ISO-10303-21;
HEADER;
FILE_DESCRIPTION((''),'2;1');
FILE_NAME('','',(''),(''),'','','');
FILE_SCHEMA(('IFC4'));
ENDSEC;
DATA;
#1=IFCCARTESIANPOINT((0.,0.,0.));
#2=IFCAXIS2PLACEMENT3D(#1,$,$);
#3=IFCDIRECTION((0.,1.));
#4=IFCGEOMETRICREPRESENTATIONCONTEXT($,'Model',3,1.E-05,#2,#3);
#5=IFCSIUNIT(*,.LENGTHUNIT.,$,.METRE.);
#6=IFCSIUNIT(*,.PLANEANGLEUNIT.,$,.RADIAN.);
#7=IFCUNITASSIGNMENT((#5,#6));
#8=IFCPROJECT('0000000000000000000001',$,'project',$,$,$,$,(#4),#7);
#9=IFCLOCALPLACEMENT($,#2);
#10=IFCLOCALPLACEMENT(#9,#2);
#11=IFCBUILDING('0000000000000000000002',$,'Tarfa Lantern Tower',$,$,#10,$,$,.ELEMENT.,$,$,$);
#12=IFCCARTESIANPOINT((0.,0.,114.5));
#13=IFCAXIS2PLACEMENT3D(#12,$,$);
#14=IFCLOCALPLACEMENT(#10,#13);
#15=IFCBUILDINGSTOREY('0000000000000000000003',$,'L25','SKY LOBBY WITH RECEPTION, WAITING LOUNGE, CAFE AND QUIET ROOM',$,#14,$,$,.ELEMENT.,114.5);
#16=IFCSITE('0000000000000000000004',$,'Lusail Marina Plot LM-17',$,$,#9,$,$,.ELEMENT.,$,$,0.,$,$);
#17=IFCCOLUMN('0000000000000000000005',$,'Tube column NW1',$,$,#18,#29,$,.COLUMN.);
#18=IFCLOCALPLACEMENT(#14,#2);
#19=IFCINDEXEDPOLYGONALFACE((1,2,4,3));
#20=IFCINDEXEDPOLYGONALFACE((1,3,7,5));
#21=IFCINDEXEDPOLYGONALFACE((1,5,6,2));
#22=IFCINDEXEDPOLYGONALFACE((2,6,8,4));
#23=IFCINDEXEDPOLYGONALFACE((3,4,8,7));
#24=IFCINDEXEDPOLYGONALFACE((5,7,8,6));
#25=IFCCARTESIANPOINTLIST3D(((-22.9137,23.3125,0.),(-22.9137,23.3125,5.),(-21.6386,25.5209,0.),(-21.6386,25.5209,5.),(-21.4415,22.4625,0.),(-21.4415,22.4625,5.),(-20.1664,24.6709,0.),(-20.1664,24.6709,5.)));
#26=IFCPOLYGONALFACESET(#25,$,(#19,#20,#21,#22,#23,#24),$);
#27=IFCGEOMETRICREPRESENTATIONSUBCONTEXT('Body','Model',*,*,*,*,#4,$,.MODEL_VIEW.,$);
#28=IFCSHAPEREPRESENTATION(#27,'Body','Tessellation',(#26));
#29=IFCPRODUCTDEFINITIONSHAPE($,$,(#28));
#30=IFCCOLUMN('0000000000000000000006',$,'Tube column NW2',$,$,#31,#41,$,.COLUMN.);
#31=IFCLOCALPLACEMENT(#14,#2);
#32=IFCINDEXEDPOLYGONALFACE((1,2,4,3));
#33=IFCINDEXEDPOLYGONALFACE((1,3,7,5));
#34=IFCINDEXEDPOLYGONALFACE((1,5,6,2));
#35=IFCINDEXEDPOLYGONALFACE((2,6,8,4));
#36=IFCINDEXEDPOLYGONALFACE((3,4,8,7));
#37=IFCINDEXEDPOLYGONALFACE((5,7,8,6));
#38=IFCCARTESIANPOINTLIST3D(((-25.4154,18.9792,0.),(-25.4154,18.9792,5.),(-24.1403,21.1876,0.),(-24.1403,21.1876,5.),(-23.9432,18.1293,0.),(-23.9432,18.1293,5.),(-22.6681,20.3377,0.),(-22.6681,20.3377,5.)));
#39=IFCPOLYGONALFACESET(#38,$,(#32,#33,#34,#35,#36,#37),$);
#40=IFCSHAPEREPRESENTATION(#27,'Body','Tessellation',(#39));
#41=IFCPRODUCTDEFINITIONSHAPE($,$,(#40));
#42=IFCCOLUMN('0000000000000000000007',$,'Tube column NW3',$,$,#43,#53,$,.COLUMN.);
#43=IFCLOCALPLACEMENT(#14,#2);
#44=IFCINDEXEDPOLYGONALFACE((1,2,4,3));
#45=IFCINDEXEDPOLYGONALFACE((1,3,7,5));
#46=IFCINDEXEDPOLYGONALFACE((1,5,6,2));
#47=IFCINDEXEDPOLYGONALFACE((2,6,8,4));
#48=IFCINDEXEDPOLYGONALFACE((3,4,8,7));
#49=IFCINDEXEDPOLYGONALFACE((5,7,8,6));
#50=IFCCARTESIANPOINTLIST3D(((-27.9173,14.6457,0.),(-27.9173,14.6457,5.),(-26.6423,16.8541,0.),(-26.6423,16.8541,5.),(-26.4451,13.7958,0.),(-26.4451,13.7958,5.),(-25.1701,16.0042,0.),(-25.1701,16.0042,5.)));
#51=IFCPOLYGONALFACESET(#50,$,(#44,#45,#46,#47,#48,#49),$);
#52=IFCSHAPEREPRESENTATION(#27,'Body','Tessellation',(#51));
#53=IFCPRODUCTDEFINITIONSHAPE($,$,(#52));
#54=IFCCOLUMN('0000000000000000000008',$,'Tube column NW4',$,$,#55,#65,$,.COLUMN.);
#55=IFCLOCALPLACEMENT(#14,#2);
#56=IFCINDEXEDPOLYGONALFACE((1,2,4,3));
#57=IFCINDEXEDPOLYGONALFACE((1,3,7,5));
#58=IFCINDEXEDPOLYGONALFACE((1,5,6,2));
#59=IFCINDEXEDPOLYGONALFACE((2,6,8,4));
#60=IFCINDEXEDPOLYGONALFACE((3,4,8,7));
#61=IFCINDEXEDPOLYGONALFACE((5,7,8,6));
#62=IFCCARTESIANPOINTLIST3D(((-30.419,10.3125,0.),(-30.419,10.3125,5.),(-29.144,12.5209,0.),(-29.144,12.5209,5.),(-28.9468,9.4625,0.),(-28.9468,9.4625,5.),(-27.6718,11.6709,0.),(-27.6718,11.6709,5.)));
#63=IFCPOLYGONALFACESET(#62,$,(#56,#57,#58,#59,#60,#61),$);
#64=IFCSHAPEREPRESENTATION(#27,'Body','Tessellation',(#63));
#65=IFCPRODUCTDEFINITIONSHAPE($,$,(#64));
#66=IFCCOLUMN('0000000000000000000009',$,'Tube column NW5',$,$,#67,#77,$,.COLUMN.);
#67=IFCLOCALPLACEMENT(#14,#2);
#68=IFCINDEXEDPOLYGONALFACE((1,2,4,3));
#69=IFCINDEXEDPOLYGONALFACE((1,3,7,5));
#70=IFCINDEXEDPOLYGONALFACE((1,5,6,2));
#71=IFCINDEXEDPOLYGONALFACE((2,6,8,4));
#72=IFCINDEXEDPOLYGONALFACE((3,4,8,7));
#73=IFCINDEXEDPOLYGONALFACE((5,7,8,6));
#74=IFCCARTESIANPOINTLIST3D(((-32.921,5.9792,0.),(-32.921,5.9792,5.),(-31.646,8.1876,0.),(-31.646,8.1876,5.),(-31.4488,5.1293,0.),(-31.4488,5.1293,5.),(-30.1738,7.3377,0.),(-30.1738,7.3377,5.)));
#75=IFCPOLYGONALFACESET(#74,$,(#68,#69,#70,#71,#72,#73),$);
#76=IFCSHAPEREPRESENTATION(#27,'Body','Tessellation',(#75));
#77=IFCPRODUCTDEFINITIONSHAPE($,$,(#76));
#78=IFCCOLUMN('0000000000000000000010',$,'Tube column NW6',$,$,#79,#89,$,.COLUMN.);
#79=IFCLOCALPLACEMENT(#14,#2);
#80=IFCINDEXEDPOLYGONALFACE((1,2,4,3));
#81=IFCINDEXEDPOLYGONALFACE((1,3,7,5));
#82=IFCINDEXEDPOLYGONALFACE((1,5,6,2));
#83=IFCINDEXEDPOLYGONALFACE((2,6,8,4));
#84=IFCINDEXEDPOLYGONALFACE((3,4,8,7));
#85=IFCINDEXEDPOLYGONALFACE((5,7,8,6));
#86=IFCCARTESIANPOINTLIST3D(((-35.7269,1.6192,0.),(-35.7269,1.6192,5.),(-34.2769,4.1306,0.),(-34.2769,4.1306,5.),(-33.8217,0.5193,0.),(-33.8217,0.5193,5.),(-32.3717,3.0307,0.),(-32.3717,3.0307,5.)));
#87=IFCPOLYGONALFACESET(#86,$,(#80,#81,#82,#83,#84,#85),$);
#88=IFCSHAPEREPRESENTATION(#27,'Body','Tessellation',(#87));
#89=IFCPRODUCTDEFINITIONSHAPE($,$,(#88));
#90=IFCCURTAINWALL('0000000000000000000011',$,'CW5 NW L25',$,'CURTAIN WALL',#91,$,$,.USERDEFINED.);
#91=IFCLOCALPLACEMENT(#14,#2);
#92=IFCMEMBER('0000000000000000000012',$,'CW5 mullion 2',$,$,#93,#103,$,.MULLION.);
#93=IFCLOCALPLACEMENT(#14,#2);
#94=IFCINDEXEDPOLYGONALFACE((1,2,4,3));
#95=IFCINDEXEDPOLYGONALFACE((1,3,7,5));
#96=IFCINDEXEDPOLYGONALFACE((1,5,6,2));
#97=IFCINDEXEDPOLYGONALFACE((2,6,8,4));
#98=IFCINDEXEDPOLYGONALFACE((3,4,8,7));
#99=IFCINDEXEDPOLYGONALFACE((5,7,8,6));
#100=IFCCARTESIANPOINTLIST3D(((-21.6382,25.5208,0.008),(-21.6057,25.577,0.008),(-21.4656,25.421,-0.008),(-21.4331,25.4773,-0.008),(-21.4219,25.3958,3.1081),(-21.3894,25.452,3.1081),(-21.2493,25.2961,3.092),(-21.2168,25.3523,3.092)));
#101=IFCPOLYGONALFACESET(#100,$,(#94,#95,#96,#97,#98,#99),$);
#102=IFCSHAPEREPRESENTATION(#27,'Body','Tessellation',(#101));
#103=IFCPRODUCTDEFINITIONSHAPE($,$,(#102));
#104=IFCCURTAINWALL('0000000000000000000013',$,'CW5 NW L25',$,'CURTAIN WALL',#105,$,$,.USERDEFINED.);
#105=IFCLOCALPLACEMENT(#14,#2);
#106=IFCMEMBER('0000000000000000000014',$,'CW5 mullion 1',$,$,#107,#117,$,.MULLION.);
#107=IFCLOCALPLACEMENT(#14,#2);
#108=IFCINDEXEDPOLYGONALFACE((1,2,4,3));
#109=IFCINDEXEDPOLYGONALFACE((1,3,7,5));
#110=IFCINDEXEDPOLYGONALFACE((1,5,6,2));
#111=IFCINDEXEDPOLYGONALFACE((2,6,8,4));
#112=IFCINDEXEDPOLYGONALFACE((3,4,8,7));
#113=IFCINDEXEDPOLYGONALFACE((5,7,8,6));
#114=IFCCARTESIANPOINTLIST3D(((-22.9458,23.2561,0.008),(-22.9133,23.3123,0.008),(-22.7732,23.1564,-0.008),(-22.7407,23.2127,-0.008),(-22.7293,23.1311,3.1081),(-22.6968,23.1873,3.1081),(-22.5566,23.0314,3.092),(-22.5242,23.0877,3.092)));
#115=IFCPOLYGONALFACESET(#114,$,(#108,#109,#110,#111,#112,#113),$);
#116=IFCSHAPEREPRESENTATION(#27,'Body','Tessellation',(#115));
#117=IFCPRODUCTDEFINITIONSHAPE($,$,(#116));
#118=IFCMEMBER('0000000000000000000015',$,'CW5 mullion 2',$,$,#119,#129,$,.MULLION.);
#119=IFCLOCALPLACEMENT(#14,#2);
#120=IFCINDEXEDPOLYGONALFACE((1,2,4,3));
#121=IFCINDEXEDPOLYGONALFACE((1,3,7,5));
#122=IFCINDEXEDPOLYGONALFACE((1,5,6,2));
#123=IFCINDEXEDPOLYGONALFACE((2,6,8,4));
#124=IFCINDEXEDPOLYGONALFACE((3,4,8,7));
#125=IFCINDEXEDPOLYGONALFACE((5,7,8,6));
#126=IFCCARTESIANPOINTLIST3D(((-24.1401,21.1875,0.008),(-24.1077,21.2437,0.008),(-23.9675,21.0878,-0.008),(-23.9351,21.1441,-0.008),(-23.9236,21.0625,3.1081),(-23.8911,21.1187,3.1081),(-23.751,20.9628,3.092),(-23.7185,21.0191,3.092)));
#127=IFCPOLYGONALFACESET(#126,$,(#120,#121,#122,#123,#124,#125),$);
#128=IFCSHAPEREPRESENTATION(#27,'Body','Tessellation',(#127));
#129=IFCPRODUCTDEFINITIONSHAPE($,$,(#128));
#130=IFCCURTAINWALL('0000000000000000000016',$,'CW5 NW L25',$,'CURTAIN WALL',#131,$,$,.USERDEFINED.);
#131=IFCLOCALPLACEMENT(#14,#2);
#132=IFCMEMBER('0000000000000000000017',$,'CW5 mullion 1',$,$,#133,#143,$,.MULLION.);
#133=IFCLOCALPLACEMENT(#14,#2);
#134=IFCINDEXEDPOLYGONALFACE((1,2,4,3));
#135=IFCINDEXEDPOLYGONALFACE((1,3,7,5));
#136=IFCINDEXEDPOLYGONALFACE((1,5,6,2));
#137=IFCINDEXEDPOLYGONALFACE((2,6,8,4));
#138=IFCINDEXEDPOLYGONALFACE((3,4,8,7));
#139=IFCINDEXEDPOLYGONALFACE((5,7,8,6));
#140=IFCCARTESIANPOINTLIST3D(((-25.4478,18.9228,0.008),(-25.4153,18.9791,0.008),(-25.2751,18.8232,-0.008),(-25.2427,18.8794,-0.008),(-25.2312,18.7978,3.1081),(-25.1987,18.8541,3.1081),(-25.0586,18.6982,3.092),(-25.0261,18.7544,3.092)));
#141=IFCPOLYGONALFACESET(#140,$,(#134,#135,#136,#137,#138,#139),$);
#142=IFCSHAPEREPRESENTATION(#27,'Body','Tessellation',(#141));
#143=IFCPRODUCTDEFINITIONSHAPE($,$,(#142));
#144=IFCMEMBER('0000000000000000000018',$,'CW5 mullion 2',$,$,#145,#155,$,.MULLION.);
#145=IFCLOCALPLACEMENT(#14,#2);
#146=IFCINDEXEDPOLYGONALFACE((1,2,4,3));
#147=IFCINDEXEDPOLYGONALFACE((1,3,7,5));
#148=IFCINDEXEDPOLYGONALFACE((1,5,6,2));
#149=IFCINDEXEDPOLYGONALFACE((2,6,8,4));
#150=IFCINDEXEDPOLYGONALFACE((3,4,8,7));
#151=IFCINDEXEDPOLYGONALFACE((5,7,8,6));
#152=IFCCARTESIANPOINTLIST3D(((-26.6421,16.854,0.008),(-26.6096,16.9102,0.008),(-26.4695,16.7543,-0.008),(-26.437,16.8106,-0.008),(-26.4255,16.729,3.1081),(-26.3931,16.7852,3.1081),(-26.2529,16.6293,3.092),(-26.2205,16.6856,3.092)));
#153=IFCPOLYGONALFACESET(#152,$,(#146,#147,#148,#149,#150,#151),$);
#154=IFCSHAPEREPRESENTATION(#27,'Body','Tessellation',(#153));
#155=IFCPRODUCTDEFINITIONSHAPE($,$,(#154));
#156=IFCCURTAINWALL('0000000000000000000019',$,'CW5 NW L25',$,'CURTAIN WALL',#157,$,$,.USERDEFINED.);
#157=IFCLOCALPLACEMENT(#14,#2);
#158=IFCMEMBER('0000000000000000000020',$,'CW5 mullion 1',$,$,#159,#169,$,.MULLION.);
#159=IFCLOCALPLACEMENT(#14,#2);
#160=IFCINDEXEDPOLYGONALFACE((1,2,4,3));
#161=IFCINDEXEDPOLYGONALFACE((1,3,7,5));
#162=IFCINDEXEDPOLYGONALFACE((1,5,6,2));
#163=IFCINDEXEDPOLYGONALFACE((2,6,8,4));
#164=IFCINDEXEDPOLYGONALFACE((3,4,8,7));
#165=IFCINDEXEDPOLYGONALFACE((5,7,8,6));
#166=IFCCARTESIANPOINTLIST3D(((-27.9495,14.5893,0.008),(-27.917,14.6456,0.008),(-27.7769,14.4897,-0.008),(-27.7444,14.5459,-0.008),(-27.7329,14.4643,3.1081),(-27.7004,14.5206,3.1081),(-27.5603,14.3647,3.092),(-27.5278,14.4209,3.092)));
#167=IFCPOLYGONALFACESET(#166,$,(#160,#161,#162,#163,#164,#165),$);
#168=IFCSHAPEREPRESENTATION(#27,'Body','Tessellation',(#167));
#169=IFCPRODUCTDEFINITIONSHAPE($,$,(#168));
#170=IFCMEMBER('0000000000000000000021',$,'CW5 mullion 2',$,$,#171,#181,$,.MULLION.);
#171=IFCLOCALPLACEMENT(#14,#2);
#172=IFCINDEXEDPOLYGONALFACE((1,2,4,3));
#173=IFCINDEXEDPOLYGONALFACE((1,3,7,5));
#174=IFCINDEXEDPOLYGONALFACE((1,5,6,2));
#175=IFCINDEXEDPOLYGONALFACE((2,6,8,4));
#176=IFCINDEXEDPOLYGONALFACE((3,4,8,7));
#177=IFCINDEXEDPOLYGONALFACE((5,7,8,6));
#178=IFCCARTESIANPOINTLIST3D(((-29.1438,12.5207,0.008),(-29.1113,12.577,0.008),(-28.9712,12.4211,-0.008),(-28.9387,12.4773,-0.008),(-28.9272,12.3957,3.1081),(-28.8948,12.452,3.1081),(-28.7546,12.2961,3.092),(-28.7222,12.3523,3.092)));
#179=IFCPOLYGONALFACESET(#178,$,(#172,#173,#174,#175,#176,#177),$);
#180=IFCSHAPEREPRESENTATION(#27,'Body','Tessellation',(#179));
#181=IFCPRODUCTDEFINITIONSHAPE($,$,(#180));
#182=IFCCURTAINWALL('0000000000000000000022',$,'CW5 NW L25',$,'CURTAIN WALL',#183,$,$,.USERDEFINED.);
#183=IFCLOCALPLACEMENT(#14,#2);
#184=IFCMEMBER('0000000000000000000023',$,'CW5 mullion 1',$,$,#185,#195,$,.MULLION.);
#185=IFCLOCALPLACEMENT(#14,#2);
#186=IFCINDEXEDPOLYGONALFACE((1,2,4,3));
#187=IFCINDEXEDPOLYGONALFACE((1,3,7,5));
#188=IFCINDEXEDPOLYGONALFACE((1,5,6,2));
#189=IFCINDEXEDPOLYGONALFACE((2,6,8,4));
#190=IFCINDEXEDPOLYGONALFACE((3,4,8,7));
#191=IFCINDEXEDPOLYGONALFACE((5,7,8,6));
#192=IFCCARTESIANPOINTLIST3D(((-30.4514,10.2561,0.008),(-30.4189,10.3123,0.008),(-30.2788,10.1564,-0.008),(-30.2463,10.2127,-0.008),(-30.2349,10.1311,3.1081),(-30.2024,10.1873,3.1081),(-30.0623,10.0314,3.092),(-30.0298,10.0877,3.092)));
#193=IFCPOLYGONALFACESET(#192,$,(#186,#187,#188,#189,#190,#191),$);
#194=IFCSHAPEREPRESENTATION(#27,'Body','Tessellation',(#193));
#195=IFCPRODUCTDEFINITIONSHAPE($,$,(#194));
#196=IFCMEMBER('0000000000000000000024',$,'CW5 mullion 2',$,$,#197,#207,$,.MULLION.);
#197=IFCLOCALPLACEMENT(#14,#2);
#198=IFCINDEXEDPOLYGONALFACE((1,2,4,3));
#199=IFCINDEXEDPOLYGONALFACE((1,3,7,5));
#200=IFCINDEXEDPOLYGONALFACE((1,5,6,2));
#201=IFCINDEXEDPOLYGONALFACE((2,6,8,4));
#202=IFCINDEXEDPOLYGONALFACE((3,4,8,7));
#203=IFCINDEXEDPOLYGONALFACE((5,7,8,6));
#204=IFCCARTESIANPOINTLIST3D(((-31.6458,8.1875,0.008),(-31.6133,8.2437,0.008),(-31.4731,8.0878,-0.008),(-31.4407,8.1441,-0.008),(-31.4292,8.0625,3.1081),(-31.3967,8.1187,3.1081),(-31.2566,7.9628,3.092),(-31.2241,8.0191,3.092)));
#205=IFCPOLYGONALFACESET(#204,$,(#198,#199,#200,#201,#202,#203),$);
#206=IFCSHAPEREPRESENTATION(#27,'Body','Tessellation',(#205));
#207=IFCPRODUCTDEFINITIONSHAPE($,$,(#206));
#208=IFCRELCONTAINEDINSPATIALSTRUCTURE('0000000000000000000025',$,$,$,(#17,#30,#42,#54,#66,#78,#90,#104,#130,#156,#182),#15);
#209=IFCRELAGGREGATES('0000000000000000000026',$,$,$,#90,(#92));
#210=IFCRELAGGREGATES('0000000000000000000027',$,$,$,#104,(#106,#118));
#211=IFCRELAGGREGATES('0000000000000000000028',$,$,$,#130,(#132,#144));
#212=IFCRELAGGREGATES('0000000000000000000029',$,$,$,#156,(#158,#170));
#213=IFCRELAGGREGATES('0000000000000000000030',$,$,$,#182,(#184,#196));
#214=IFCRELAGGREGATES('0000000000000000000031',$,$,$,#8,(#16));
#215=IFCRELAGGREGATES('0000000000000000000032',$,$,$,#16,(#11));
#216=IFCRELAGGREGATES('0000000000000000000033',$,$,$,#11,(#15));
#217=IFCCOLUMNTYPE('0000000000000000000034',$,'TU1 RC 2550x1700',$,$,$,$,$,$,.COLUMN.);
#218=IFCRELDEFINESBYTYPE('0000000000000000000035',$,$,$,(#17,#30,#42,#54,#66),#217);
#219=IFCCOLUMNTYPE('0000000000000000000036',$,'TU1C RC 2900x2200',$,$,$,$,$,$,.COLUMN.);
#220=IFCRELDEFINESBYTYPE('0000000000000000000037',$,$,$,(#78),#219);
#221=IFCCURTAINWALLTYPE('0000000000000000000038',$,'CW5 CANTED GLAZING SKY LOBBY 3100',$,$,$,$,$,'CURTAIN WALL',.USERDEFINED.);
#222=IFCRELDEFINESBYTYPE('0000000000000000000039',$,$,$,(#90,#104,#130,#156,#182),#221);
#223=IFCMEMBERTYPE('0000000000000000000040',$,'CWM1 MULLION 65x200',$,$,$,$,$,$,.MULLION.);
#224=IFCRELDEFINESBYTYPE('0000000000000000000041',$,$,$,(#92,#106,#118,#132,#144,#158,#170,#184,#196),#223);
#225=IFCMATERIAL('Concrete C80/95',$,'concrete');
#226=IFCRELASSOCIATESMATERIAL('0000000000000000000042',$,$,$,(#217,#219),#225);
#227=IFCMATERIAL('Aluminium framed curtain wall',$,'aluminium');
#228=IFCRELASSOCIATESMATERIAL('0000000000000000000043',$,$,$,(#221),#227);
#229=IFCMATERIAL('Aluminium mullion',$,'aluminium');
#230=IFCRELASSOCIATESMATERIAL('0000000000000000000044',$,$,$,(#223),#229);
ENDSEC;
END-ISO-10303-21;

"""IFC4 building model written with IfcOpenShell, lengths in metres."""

from ifc_helpers import new_model, si_unit, direction, frame, origin, origin_2d, place, context, subcontext, project, spatial, rectangle, extrude, material, material_profile, profile_set, type_object, element, aggregate, save


model = new_model("IFC4")

# Units and contexts
model_context = context("Model", 3, precision=1e-05, world=origin(), true_north=direction((0.0, 1.0)))
body_context = subcontext(model_context, "Body", "Model", "MODEL_VIEW")
ifc_project = project(units=[si_unit("LENGTHUNIT", "METRE"), si_unit("PLANEANGLEUNIT", "RADIAN")], contexts=[model_context])

# Site, building, storey
site_placement = place(None, origin())
site = spatial("IfcSite", under=ifc_project, at=site_placement, Name="Lusail Marina Plot LM-17", CompositionType="ELEMENT", RefElevation=0.0)
building_placement = place(site_placement, origin())
building = spatial("IfcBuilding", under=site, at=building_placement, Name="Tarfa Lantern Tower", CompositionType="ELEMENT")
storey_placement = place(building_placement, frame((0.0, 0.0, 114.5)))
storey = spatial("IfcBuildingStorey", under=building, at=storey_placement, Name="L25", Description="SKY LOBBY WITH RECEPTION, WAITING LOUNGE, CAFE AND QUIET ROOM", CompositionType="ELEMENT", Elevation=114.5)

# Columns
ifc_material_1 = material(Name="Concrete C80/95", Category="concrete")
ifc_material_profile_1 = material_profile(ifc_material_1, rectangle(XDim=2.55, YDim=1.7, at=origin_2d()), Name="RC 2550x1700")
ifc_profile_set_1 = profile_set([ifc_material_profile_1], Name="Concrete C80/95")
column_type_1 = type_object("IfcColumnType", Name="TU1 RC 2550x1700", PredefinedType="COLUMN", material=ifc_profile_set_1)
for number, where, z_axis, x_axis, name in (
    (1, (-21.54, 23.9917, 0.0), (0.0, 0.0, 1.0), (-0.5, -0.866025, 0.0), "Tube column NW1"),
    (2, (-24.0417, 19.6584, 0.0), (0.0, 0.0, 1.0), (-0.5, -0.866025, 0.0), "Tube column NW2"),
    (3, (-26.5437, 15.325, 0.0), (0.0, 0.0, 1.0), (-0.5, -0.866025, 0.0), "Tube column NW3"),
    (4, (-29.0454, 10.9917, 0.0), (0.0, 0.0, 1.0), (-0.5, -0.866025, 0.0), "Tube column NW4"),
    (5, (-31.5474, 6.6584, 0.0), (0.0, 0.0, 1.0), (-0.5, -0.866025, 0.0), "Tube column NW5"),
):
    element("IfcColumn", number, at=place(storey_placement, frame(where, z_axis=z_axis, x_axis=x_axis)), inside=storey, type_object=column_type_1, Name=name, PredefinedType="COLUMN", context=body_context, shape_type="SweptSolid", body=[
        extrude(rectangle(XDim=2.55, YDim=1.7, at=origin_2d()), origin(), (0.0, 0.0, 1.0), 5.0),
    ])
ifc_material_profile_2 = material_profile(ifc_material_1, rectangle(XDim=2.8999, YDim=2.2, at=origin_2d()), Name="RC 2900x2200")
ifc_profile_set_2 = profile_set([ifc_material_profile_2], Name="Concrete C80/95")
column_type_2 = type_object("IfcColumnType", Name="TU1C RC 2900x2200", PredefinedType="COLUMN", material=ifc_profile_set_2)
column_placement = place(storey_placement, frame((-34.0493, 2.325, 0.0), z_axis=(0.0, 0.0, 1.0), x_axis=(-0.5, -0.866025, 0.0)))
element("IfcColumn", 6, at=column_placement, inside=storey, type_object=column_type_2, Name="Tube column NW6", PredefinedType="COLUMN", context=body_context, shape_type="SweptSolid", body=[
    extrude(rectangle(XDim=2.8999, YDim=2.2, at=origin_2d()), origin(), (0.0, 0.0, 1.0), 5.0),
])

# Curtain wall, member
ifc_material_2 = material(Name="Aluminium framed curtain wall", Category="aluminium")
curtain_wall_type = type_object("IfcCurtainWallType", Name="CW5 CANTED GLAZING SKY LOBBY 3100", ElementType="CURTAIN WALL", PredefinedType="USERDEFINED", material=ifc_material_2)
curtain_wall_1_placement = place(storey_placement, origin())
curtain_wall_1 = element("IfcCurtainWall", 7, at=curtain_wall_1_placement, inside=storey, type_object=curtain_wall_type, Name="CW5 NW L25", ObjectType="CURTAIN WALL", PredefinedType="USERDEFINED")
ifc_material_3 = material(Name="Aluminium mullion", Category="aluminium")
ifc_material_profile_3 = material_profile(ifc_material_3, rectangle(XDim=0.0649, YDim=0.2, at=origin_2d()), Name="AL MULLION 65x200")
ifc_profile_set_3 = profile_set([ifc_material_profile_3], Name="Aluminium mullion")
member_type_1 = type_object("IfcMemberType", Name="CWM1 MULLION 65x200", PredefinedType="MULLION", material=ifc_profile_set_3)
member_1_placement = place(storey_placement, frame((-21.5356, 25.499, 0.0), z_axis=(0.069549, -0.040191, 0.996769), x_axis=(0.500343, 0.865827, 0.0)))
member_1 = element("IfcMember", 8, at=member_1_placement, type_object=member_type_1, Name="CW5 mullion 2", PredefinedType="MULLION", context=body_context, shape_type="SweptSolid", body=[
    extrude(rectangle(XDim=0.0649, YDim=0.2, at=origin_2d()), origin(), (0.0, 0.0, 1.0), 3.1101),
])
aggregate(curtain_wall_1, [member_1])

# Curtain walls, members
curtain_wall_2_placement = place(storey_placement, origin())
curtain_wall_2 = element("IfcCurtainWall", 9, at=curtain_wall_2_placement, inside=storey, type_object=curtain_wall_type, Name="CW5 NW L25", ObjectType="CURTAIN WALL", PredefinedType="USERDEFINED")
member_2_placement = place(storey_placement, frame((-22.8433, 23.2344, 0.0), z_axis=(0.069627, -0.040191, 0.996763), x_axis=(0.49992, 0.866072, 0.0)))
member_2 = element("IfcMember", 10, at=member_2_placement, type_object=member_type_1, Name="CW5 mullion 1", PredefinedType="MULLION", context=body_context, shape_type="SweptSolid", body=[
    extrude(rectangle(XDim=0.0649, YDim=0.2, at=origin_2d()), origin(), (0.0, 0.0, 1.0), 3.1101),
])
member_3_placement = place(storey_placement, frame((-24.0376, 21.1658, 0.0), z_axis=(0.069627, -0.040191, 0.996763), x_axis=(0.49992, 0.866072, 0.0)))
member_3 = element("IfcMember", 11, at=member_3_placement, type_object=member_type_1, Name="CW5 mullion 2", PredefinedType="MULLION", context=body_context, shape_type="SweptSolid", body=[
    extrude(rectangle(XDim=0.0649, YDim=0.2, at=origin_2d()), origin(), (0.0, 0.0, 1.0), 3.1101),
])
curtain_wall_3_placement = place(storey_placement, origin())
curtain_wall_3 = element("IfcCurtainWall", 12, at=curtain_wall_3_placement, inside=storey, type_object=curtain_wall_type, Name="CW5 NW L25", ObjectType="CURTAIN WALL", PredefinedType="USERDEFINED")
member_4_placement = place(storey_placement, frame((-25.3452, 18.9011, 0.0), z_axis=(0.069627, -0.040191, 0.996763), x_axis=(0.49992, 0.866072, 0.0)))
member_4 = element("IfcMember", 13, at=member_4_placement, type_object=member_type_1, Name="CW5 mullion 1", PredefinedType="MULLION", context=body_context, shape_type="SweptSolid", body=[
    extrude(rectangle(XDim=0.0649, YDim=0.2, at=origin_2d()), origin(), (0.0, 0.0, 1.0), 3.1101),
])
member_5_placement = place(storey_placement, frame((-26.5396, 16.8323, 0.0), z_axis=(0.069627, -0.040191, 0.996763), x_axis=(0.49992, 0.866072, 0.0)))
member_5 = element("IfcMember", 14, at=member_5_placement, type_object=member_type_1, Name="CW5 mullion 2", PredefinedType="MULLION", context=body_context, shape_type="SweptSolid", body=[
    extrude(rectangle(XDim=0.0649, YDim=0.2, at=origin_2d()), origin(), (0.0, 0.0, 1.0), 3.1101),
])
curtain_wall_4_placement = place(storey_placement, origin())
curtain_wall_4 = element("IfcCurtainWall", 15, at=curtain_wall_4_placement, inside=storey, type_object=curtain_wall_type, Name="CW5 NW L25", ObjectType="CURTAIN WALL", PredefinedType="USERDEFINED")
member_6_placement = place(storey_placement, frame((-27.8469, 14.5676, 0.0), z_axis=(0.069627, -0.040191, 0.996763), x_axis=(0.49992, 0.866072, 0.0)))
member_6 = element("IfcMember", 16, at=member_6_placement, type_object=member_type_1, Name="CW5 mullion 1", PredefinedType="MULLION", context=body_context, shape_type="SweptSolid", body=[
    extrude(rectangle(XDim=0.0649, YDim=0.2, at=origin_2d()), origin(), (0.0, 0.0, 1.0), 3.1101),
])
member_7_placement = place(storey_placement, frame((-29.0413, 12.499, 0.0), z_axis=(0.069627, -0.040191, 0.996763), x_axis=(0.49992, 0.866072, 0.0)))
member_7 = element("IfcMember", 17, at=member_7_placement, type_object=member_type_1, Name="CW5 mullion 2", PredefinedType="MULLION", context=body_context, shape_type="SweptSolid", body=[
    extrude(rectangle(XDim=0.0649, YDim=0.2, at=origin_2d()), origin(), (0.0, 0.0, 1.0), 3.1101),
])
curtain_wall_5_placement = place(storey_placement, origin())
curtain_wall_5 = element("IfcCurtainWall", 18, at=curtain_wall_5_placement, inside=storey, type_object=curtain_wall_type, Name="CW5 NW L25", ObjectType="CURTAIN WALL", PredefinedType="USERDEFINED")
member_8_placement = place(storey_placement, frame((-30.3489, 10.2344, 0.0), z_axis=(0.069627, -0.040191, 0.996763), x_axis=(0.49992, 0.866072, 0.0)))
member_8 = element("IfcMember", 19, at=member_8_placement, type_object=member_type_1, Name="CW5 mullion 1", PredefinedType="MULLION", context=body_context, shape_type="SweptSolid", body=[
    extrude(rectangle(XDim=0.0649, YDim=0.2, at=origin_2d()), origin(), (0.0, 0.0, 1.0), 3.1101),
])
member_9_placement = place(storey_placement, frame((-31.5432, 8.1658, 0.0), z_axis=(0.069627, -0.040191, 0.996763), x_axis=(0.49992, 0.866072, 0.0)))
member_9 = element("IfcMember", 20, at=member_9_placement, type_object=member_type_1, Name="CW5 mullion 2", PredefinedType="MULLION", context=body_context, shape_type="SweptSolid", body=[
    extrude(rectangle(XDim=0.0649, YDim=0.2, at=origin_2d()), origin(), (0.0, 0.0, 1.0), 3.1101),
])

aggregate(curtain_wall_2, [member_2, member_3])
aggregate(curtain_wall_3, [member_4, member_5])
aggregate(curtain_wall_4, [member_6, member_7])
aggregate(curtain_wall_5, [member_8, member_9])

save(model, "model.ifc")
